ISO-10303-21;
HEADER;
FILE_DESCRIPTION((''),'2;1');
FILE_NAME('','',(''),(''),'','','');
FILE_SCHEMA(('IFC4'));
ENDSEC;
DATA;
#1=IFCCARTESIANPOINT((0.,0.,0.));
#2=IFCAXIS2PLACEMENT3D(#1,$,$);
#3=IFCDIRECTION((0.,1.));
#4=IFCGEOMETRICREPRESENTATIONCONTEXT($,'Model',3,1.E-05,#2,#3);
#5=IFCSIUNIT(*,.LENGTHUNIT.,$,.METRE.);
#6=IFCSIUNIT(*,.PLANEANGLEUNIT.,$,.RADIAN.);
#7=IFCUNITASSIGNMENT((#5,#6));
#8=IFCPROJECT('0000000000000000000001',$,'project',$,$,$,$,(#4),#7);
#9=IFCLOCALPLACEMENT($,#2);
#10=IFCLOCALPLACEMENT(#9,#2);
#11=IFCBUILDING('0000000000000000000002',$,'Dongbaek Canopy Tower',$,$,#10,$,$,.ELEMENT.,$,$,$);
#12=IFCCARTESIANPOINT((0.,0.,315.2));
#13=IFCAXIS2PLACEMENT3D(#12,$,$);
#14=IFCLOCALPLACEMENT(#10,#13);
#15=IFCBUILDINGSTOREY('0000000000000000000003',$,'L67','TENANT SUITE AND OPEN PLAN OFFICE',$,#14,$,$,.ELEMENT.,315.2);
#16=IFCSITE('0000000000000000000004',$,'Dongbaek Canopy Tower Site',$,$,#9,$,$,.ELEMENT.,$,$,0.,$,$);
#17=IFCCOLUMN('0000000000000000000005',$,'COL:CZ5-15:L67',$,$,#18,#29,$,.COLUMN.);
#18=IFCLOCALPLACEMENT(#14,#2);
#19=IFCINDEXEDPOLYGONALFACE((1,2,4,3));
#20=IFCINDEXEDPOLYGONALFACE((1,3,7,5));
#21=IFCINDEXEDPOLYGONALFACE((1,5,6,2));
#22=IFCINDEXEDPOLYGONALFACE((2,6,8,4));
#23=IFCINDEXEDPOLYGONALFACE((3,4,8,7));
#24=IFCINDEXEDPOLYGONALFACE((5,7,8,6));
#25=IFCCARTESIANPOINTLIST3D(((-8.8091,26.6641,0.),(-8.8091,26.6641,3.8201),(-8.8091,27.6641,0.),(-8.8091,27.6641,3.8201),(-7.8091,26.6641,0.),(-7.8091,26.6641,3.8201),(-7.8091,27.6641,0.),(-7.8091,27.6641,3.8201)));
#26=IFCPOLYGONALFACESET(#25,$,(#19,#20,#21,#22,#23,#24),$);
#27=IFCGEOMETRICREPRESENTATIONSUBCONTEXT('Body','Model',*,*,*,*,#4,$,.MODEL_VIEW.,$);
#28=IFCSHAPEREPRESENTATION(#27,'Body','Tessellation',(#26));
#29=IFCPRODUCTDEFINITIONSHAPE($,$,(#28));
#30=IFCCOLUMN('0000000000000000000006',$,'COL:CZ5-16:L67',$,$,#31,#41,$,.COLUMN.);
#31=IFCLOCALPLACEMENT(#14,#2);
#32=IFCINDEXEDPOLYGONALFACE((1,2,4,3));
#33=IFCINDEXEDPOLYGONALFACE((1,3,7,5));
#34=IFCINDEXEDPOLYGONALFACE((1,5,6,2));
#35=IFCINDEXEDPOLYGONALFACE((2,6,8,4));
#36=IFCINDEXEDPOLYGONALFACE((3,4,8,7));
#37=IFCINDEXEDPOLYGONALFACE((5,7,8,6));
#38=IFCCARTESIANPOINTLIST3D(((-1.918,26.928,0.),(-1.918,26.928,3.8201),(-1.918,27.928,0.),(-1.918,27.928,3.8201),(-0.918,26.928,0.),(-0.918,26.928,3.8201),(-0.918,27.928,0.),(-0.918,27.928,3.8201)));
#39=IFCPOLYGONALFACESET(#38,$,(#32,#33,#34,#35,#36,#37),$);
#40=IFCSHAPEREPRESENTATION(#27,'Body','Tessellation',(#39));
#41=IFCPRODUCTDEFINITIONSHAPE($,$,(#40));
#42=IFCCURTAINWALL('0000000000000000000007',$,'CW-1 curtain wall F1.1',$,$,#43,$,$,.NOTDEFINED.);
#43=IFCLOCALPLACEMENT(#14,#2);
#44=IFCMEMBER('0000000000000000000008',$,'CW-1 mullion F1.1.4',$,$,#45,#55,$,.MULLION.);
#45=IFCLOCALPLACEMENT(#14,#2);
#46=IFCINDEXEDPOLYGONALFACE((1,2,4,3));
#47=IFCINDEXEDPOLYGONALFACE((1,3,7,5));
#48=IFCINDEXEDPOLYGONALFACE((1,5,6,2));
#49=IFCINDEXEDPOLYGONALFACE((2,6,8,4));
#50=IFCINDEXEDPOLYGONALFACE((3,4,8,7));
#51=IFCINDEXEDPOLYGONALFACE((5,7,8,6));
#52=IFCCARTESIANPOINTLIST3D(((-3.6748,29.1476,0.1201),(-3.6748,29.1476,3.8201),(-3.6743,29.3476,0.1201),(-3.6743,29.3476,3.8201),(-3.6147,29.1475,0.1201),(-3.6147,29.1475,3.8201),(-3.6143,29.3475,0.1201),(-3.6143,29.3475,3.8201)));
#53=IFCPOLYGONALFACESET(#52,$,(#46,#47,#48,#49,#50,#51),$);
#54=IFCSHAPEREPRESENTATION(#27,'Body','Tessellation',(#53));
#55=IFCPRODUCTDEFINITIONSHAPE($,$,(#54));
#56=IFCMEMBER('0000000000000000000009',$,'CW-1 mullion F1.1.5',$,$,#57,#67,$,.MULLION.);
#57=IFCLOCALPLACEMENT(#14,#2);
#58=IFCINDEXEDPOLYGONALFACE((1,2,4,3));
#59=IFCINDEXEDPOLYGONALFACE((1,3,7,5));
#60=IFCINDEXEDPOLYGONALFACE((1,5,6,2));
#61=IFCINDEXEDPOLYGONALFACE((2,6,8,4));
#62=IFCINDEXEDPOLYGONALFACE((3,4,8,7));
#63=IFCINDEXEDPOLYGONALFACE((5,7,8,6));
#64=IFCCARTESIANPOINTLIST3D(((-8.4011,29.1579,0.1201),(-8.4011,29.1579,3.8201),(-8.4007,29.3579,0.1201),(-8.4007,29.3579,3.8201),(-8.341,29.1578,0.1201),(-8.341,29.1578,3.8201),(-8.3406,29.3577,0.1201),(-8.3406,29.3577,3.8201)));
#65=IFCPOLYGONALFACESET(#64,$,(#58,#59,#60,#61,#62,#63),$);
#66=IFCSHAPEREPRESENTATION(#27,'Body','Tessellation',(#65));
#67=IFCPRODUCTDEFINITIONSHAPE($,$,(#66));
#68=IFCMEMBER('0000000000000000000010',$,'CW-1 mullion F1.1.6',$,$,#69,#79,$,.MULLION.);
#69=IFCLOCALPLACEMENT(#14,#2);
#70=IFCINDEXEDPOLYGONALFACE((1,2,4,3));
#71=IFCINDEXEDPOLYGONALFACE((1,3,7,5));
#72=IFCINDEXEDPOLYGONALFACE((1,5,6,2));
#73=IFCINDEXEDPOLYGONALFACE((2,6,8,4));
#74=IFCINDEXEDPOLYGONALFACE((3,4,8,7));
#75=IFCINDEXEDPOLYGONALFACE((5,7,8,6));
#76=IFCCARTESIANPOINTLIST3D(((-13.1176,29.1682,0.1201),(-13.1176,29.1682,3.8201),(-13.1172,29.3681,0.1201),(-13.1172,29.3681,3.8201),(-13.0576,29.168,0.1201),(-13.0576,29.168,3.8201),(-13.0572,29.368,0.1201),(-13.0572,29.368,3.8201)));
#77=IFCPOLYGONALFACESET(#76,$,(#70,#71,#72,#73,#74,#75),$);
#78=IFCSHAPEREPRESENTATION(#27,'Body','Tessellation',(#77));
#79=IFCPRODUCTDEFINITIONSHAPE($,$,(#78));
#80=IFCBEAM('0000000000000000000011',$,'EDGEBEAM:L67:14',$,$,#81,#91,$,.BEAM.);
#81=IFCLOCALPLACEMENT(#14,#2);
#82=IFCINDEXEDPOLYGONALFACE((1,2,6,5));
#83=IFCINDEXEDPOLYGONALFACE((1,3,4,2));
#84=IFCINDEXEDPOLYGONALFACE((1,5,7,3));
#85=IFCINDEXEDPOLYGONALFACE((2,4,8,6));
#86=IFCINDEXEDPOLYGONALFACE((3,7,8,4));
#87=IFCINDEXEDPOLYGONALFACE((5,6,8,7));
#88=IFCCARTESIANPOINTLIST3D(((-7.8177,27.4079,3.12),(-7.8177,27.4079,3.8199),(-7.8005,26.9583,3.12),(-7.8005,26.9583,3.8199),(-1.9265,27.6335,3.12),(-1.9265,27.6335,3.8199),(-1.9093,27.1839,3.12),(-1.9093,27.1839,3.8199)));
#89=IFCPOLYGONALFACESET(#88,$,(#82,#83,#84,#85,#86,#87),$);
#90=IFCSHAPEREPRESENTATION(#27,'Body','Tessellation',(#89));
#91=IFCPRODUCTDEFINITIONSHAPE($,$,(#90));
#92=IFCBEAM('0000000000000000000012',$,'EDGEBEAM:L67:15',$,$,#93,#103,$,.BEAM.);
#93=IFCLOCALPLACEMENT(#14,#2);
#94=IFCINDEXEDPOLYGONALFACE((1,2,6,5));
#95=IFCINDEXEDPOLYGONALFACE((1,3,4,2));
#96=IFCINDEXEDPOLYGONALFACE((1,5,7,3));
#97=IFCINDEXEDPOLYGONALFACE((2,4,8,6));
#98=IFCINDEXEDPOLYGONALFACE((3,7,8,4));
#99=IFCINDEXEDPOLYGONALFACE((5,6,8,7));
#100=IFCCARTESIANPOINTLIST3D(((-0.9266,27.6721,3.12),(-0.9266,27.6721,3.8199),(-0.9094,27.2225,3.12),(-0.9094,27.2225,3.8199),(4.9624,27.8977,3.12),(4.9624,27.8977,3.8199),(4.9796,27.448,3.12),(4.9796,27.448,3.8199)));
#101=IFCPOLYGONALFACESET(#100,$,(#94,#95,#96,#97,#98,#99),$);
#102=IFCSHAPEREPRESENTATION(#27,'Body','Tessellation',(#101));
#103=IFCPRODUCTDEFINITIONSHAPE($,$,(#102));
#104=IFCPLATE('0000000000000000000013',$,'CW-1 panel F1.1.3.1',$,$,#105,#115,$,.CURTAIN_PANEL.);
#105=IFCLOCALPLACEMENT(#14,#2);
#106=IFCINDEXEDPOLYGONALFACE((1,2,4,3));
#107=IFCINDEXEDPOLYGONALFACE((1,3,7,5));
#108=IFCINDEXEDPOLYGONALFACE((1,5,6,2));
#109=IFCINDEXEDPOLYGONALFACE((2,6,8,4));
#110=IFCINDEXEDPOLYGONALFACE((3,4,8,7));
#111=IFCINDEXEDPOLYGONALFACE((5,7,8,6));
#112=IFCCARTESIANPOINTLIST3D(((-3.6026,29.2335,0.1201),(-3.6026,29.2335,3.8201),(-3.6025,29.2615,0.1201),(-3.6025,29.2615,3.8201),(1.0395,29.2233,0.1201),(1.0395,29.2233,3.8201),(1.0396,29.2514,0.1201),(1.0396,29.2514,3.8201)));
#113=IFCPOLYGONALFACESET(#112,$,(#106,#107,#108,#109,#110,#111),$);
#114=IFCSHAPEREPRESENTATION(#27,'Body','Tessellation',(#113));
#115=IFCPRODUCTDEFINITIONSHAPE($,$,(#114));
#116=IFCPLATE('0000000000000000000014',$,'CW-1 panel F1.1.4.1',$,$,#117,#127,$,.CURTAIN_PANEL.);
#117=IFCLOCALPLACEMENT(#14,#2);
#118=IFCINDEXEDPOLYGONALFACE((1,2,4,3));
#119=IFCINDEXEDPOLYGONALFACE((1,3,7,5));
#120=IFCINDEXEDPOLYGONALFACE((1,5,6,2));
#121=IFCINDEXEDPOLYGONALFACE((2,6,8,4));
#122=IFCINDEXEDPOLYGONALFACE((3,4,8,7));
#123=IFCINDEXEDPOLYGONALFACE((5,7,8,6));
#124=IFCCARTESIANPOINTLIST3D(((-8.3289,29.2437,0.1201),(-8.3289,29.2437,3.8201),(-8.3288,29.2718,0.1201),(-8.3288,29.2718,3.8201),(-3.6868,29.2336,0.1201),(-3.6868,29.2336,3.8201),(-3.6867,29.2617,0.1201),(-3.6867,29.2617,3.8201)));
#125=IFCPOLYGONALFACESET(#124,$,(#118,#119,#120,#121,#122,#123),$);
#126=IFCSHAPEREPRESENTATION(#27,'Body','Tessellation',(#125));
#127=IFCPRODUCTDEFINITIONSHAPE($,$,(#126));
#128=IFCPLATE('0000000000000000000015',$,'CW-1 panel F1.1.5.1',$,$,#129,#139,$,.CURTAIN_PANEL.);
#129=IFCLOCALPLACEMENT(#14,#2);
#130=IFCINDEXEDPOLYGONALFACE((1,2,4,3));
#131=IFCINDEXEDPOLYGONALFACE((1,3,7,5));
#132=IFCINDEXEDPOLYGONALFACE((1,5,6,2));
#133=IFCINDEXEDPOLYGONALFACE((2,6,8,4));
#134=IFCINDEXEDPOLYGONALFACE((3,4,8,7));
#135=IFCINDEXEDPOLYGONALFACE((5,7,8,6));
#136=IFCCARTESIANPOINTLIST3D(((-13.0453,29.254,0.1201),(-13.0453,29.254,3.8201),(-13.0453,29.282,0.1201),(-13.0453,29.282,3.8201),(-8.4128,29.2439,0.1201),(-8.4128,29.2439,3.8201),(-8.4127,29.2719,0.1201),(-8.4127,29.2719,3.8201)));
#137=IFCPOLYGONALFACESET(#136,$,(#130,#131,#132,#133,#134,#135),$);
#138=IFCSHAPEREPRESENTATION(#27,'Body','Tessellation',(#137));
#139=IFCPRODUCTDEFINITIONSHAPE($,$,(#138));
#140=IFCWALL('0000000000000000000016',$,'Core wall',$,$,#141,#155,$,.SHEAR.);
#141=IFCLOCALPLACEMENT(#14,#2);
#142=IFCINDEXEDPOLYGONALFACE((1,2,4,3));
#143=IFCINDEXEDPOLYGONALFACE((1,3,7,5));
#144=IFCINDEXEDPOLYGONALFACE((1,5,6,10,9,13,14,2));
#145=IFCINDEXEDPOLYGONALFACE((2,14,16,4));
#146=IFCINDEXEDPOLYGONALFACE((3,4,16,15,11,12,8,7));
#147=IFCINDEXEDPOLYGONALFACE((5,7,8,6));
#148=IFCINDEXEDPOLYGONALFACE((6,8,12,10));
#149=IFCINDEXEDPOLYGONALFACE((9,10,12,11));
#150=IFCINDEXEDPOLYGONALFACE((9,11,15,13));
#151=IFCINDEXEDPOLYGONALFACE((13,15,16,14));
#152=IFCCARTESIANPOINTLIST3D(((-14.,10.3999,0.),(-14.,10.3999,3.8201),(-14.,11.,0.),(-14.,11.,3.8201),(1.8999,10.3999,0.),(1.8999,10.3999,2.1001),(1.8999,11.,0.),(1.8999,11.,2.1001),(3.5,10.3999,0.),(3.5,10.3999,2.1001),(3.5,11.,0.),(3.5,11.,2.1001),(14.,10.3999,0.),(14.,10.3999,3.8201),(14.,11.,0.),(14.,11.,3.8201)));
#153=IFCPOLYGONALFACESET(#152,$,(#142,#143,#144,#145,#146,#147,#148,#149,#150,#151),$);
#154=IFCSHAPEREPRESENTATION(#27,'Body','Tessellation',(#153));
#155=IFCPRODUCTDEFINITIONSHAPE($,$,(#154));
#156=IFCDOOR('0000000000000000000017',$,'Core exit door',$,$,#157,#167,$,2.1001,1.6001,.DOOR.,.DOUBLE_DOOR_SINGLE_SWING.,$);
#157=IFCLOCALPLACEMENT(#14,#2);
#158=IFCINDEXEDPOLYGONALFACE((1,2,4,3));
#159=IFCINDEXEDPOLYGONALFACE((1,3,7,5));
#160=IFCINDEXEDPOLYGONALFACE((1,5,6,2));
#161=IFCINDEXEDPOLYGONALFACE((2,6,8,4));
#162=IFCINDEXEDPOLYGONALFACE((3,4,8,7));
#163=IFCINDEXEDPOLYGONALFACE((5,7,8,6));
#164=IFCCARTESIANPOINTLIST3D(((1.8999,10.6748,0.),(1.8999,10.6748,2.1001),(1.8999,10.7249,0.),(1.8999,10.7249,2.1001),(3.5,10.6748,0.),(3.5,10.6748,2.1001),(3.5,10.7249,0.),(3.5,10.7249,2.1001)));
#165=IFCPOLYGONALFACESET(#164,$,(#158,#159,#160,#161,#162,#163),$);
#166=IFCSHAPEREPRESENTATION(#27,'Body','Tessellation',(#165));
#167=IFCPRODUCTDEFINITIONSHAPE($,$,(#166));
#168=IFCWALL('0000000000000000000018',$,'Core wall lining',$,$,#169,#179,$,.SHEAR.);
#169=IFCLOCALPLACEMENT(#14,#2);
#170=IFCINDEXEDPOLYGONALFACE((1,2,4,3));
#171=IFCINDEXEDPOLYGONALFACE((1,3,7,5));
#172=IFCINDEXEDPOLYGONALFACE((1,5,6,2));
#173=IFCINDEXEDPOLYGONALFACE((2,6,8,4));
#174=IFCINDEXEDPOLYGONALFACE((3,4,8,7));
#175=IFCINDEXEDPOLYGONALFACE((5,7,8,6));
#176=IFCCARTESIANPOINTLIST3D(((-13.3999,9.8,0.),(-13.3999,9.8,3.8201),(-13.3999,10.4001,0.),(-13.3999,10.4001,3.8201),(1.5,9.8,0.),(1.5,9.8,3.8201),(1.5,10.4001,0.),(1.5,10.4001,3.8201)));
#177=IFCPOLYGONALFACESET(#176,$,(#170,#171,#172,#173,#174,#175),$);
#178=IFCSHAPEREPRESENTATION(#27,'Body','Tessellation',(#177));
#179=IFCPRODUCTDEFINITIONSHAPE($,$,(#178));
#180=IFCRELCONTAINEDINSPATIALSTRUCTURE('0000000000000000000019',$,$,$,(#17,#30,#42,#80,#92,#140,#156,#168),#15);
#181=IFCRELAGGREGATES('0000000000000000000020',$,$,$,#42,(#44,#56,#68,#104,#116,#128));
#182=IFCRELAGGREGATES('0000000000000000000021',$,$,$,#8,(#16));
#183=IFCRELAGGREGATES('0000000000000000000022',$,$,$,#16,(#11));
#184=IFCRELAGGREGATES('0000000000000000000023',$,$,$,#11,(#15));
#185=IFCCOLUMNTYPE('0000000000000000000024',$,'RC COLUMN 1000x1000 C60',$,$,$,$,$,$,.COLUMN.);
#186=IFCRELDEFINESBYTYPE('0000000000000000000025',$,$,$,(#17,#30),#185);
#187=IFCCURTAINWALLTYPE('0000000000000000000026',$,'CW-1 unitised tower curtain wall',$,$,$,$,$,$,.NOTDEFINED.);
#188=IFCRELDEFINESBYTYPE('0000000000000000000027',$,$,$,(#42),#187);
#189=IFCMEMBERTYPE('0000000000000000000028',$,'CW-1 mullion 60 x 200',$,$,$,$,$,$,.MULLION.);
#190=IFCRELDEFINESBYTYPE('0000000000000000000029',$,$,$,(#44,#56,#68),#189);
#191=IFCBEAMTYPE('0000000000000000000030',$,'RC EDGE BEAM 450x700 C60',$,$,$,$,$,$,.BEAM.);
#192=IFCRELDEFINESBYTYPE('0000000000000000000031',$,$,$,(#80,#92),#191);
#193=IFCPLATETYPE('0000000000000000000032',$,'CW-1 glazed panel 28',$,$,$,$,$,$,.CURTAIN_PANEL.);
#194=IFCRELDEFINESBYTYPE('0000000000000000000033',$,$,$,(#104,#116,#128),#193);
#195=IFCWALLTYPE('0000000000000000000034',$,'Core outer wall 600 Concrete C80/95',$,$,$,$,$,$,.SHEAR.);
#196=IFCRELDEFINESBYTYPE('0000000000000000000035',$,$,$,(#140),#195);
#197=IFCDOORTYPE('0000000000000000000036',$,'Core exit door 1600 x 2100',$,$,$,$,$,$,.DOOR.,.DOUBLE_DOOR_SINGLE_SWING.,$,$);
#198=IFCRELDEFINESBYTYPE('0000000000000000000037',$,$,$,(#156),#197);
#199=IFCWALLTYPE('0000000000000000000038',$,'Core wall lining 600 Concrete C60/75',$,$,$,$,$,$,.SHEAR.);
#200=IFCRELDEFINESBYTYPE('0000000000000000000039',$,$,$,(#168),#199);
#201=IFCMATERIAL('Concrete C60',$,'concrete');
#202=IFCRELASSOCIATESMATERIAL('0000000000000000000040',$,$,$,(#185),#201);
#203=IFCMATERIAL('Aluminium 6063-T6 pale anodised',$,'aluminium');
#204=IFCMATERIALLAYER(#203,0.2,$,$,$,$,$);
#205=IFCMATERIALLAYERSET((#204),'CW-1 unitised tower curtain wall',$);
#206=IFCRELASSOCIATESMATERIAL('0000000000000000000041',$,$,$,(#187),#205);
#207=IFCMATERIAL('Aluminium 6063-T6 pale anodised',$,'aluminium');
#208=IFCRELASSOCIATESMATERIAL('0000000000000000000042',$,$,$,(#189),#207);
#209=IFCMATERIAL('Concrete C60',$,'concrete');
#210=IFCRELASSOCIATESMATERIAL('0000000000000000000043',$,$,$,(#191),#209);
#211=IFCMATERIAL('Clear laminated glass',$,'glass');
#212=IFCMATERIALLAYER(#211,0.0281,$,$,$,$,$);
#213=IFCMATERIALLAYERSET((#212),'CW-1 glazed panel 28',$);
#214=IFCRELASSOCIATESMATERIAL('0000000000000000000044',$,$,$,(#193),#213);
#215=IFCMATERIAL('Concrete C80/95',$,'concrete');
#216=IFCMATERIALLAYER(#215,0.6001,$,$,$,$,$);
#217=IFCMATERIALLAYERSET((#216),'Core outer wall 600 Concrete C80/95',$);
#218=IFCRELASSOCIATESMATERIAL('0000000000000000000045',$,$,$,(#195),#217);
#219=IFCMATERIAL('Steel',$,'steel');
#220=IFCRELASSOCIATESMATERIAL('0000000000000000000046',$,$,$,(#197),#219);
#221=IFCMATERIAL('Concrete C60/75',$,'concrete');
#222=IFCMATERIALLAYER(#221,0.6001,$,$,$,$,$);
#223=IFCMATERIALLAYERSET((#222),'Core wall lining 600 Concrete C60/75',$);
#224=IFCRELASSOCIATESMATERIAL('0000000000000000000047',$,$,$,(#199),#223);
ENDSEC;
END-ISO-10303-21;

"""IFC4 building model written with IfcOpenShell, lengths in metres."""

from ifc_helpers import new_model, si_unit, direction, frame, frame_2d, origin, origin_2d, place, context, subcontext, project, spatial, rectangle, extrude, material, layer, layer_set, material_profile, profile_set, type_object, element, fill, aggregate, save


model = new_model("IFC4")

# Units and contexts
model_context = context("Model", 3, precision=1e-05, world=origin(), true_north=direction((0.0, 1.0)))
body_context = subcontext(model_context, "Body", "Model", "MODEL_VIEW")
ifc_project = project(units=[si_unit("LENGTHUNIT", "METRE"), si_unit("PLANEANGLEUNIT", "RADIAN")], contexts=[model_context])

# Site, building, storey
site_placement = place(None, origin())
site = spatial("IfcSite", under=ifc_project, at=site_placement, Name="Dongbaek Canopy Tower Site", CompositionType="ELEMENT", RefElevation=0.0)
building_placement = place(site_placement, origin())
building = spatial("IfcBuilding", under=site, at=building_placement, Name="Dongbaek Canopy Tower", CompositionType="ELEMENT")
storey_placement = place(building_placement, frame((0.0, 0.0, 315.2)))
storey = spatial("IfcBuildingStorey", under=building, at=storey_placement, Name="L67", Description="TENANT SUITE AND OPEN PLAN OFFICE", CompositionType="ELEMENT", Elevation=315.2)

# Columns
ifc_material_1 = material(Name="Concrete C60", Category="concrete")
ifc_material_profile_1 = material_profile(ifc_material_1, rectangle(XDim=1.0, YDim=1.0, at=origin_2d()), Name="RC COLUMN 1000x1000 C60")
ifc_profile_set_1 = profile_set([ifc_material_profile_1], Name="Concrete C60")
column_type = type_object("IfcColumnType", Name="RC COLUMN 1000x1000 C60", PredefinedType="COLUMN", material=ifc_profile_set_1)
for number, where, z_axis, x_axis, name in (
    (1, (-8.3091, 27.1641, 0.0), (0.0, 0.0, 1.0), (1.0, 0.0, 0.0), "COL:CZ5-15:L67"),
    (2, (-1.418, 27.428, 0.0), (0.0, 0.0, 1.0), (1.0, 0.0, 0.0), "COL:CZ5-16:L67"),
):
    element("IfcColumn", number, at=place(storey_placement, frame(where, z_axis=z_axis, x_axis=x_axis)), inside=storey, type_object=column_type, Name=name, PredefinedType="COLUMN", context=body_context, shape_type="SweptSolid", body=[
        extrude(rectangle(XDim=1.0, YDim=1.0, at=origin_2d()), origin(), (0.0, 0.0, 1.0), 3.8201),
    ])

# Curtain wall, members
ifc_material_2 = material(Name="Aluminium 6063-T6 pale anodised", Category="aluminium")
ifc_layer_1 = layer(ifc_material_2, 0.2)
ifc_layer_set_1 = layer_set([ifc_layer_1], Name="CW-1 unitised tower curtain wall")
curtain_wall_type = type_object("IfcCurtainWallType", Name="CW-1 unitised tower curtain wall", PredefinedType="NOTDEFINED", material=ifc_layer_set_1)
curtain_wall_1_placement = place(storey_placement, origin())
curtain_wall_1 = element("IfcCurtainWall", 3, at=curtain_wall_1_placement, inside=storey, type_object=curtain_wall_type, Name="CW-1 curtain wall F1.1", PredefinedType="NOTDEFINED")
ifc_material_3 = material(Name="Aluminium 6063-T6 pale anodised", Category="aluminium")
ifc_material_profile_2 = material_profile(ifc_material_3, rectangle(XDim=0.2, YDim=0.0601, at=origin_2d()), Name="CW-1 mullion 60 x 200")
ifc_profile_set_2 = profile_set([ifc_material_profile_2], Name="Aluminium 6063-T6 pale anodised")
member_type = type_object("IfcMemberType", Name="CW-1 mullion 60 x 200", PredefinedType="MULLION", material=ifc_profile_set_2)
member_1_placement = place(storey_placement, frame((-3.6445, 29.2476, 0.1201), z_axis=(0.0, 0.0, 1.0), x_axis=(0.00218, 0.999998, 0.0)))
member_1 = element("IfcMember", 4, at=member_1_placement, type_object=member_type, Name="CW-1 mullion F1.1.4", PredefinedType="MULLION", context=body_context, shape_type="SweptSolid", body=[
    extrude(rectangle(XDim=0.2, YDim=0.0601, at=origin_2d()), origin(), (0.0, 0.0, 1.0), 3.7),
])
member_2_placement = place(storey_placement, frame((-8.3708, 29.2578, 0.1201), z_axis=(0.0, 0.0, 1.0), x_axis=(0.00218, 0.999998, 0.0)))
member_2 = element("IfcMember", 5, at=member_2_placement, type_object=member_type, Name="CW-1 mullion F1.1.5", PredefinedType="MULLION", context=body_context, shape_type="SweptSolid", body=[
    extrude(rectangle(XDim=0.2, YDim=0.0601, at=origin_2d()), origin(), (0.0, 0.0, 1.0), 3.7),
])
member_3_placement = place(storey_placement, frame((-13.0874, 29.2681, 0.1201), z_axis=(0.0, 0.0, 1.0), x_axis=(0.00218, 0.999998, 0.0)))
member_3 = element("IfcMember", 6, at=member_3_placement, type_object=member_type, Name="CW-1 mullion F1.1.6", PredefinedType="MULLION", context=body_context, shape_type="SweptSolid", body=[
    extrude(rectangle(XDim=0.2, YDim=0.0601, at=origin_2d()), origin(), (0.0, 0.0, 1.0), 3.7),
])

# Beams
ifc_material_4 = material(Name="Concrete C60", Category="concrete")
ifc_material_profile_3 = material_profile(ifc_material_4, rectangle(XDim=0.45, YDim=0.7, at=origin_2d()), Name="RC EDGE BEAM 450x700 C60")
ifc_profile_set_3 = profile_set([ifc_material_profile_3], Name="Concrete C60")
beam_type = type_object("IfcBeamType", Name="RC EDGE BEAM 450x700 C60", PredefinedType="BEAM", material=ifc_profile_set_3)
beam_1_placement = place(storey_placement, frame((-7.8091, 27.1831, 3.47), z_axis=(0.999268, 0.038265, 0.0), x_axis=(-0.038265, 0.999268, 0.0)))
element("IfcBeam", 7, at=beam_1_placement, inside=storey, type_object=beam_type, Name="EDGEBEAM:L67:14", PredefinedType="BEAM", context=body_context, shape_type="SweptSolid", body=[
    extrude(rectangle(XDim=0.45, YDim=0.7, at=origin_2d()), origin(), (0.0, 0.0, 1.0), 5.8955),
])
beam_2_placement = place(storey_placement, frame((-0.918, 27.4473, 3.47), z_axis=(0.999267, 0.038279, 0.0), x_axis=(-0.038279, 0.999267, 0.0)))
element("IfcBeam", 8, at=beam_2_placement, inside=storey, type_object=beam_type, Name="EDGEBEAM:L67:15", PredefinedType="BEAM", context=body_context, shape_type="SweptSolid", body=[
    extrude(rectangle(XDim=0.45, YDim=0.7, at=origin_2d()), origin(), (0.0, 0.0, 1.0), 5.8933),
])

# Plates
ifc_material_5 = material(Name="Clear laminated glass", Category="glass")
ifc_layer_2 = layer(ifc_material_5, 0.0281)
ifc_layer_set_2 = layer_set([ifc_layer_2], Name="CW-1 glazed panel 28")
plate_type = type_object("IfcPlateType", Name="CW-1 glazed panel 28", PredefinedType="CURTAIN_PANEL", material=ifc_layer_set_2)
plate_1_placement = place(storey_placement, frame((-1.2815, 29.2424, 0.1201), z_axis=(0.0, 0.0, 1.0), x_axis=(-0.999998, 0.00218, 0.0)))
plate_1 = element("IfcPlate", 9, at=plate_1_placement, type_object=plate_type, Name="CW-1 panel F1.1.3.1", PredefinedType="CURTAIN_PANEL", context=body_context, shape_type="SweptSolid", body=[
    extrude(rectangle(XDim=4.6421, YDim=0.0281, at=origin_2d()), origin(), (0.0, 0.0, 1.0), 3.7),
])
plate_2_placement = place(storey_placement, frame((-6.0078, 29.2527, 0.1201), z_axis=(0.0, 0.0, 1.0), x_axis=(-0.999998, 0.00218, 0.0)))
plate_2 = element("IfcPlate", 10, at=plate_2_placement, type_object=plate_type, Name="CW-1 panel F1.1.4.1", PredefinedType="CURTAIN_PANEL", context=body_context, shape_type="SweptSolid", body=[
    extrude(rectangle(XDim=4.6421, YDim=0.0281, at=origin_2d()), origin(), (0.0, 0.0, 1.0), 3.7),
])
plate_3_placement = place(storey_placement, frame((-10.729, 29.2629, 0.1201), z_axis=(0.0, 0.0, 1.0), x_axis=(-0.999998, 0.00218, 0.0)))
plate_3 = element("IfcPlate", 11, at=plate_3_placement, type_object=plate_type, Name="CW-1 panel F1.1.5.1", PredefinedType="CURTAIN_PANEL", context=body_context, shape_type="SweptSolid", body=[
    extrude(rectangle(XDim=4.6326, YDim=0.0281, at=origin_2d()), origin(), (0.0, 0.0, 1.0), 3.7),
])

# Wall, opening, door
ifc_material_6 = material(Name="Concrete C80/95", Category="concrete")
ifc_layer_3 = layer(ifc_material_6, 0.6001)
ifc_layer_set_3 = layer_set([ifc_layer_3], Name="Core outer wall 600 Concrete C80/95")
wall_type_1 = type_object("IfcWallType", Name="Core outer wall 600 Concrete C80/95", PredefinedType="SHEAR", material=ifc_layer_set_3)
wall_1_placement = place(storey_placement, frame((-14.0, 10.7, 0.0), z_axis=(0.0, 0.0, 1.0), x_axis=(1.0, 0.0, 0.0)))
wall_1 = element("IfcWall", 12, at=wall_1_placement, inside=storey, type_object=wall_type_1, Name="Core wall", PredefinedType="SHEAR", context=body_context, shape_type="SweptSolid", body=[
    extrude(rectangle(XDim=28.0, YDim=0.6001, at=frame_2d((14.0, 0.0))), origin(), (0.0, 0.0, 1.0), 3.8201),
])
opening_placement = place(wall_1_placement, frame((15.8999, 0.0, 0.0)))
opening = element("IfcOpeningElement", 13, at=opening_placement, cuts=wall_1, PredefinedType="OPENING", context=body_context, shape_type="SweptSolid", body=[
    extrude(rectangle(XDim=1.6001, YDim=2.1001, at=frame_2d((0.8, 1.05))), frame((0.0, 0.3101, 0.0), z_axis=(0.0, -1.0, 0.0), x_axis=(1.0, 0.0, 0.0)), (0.0, 0.0, 1.0), 0.6201),
])
ifc_material_7 = material(Name="Steel", Category="steel")
door_type = type_object("IfcDoorType", Name="Core exit door 1600 x 2100", OperationType="DOUBLE_DOOR_SINGLE_SWING", PredefinedType="DOOR", material=ifc_material_7)
door_placement = place(opening_placement, origin())
door = element("IfcDoor", 14, at=door_placement, inside=storey, type_object=door_type, Name="Core exit door", OperationType="DOUBLE_DOOR_SINGLE_SWING", OverallHeight=2.1001, OverallWidth=1.6001, PredefinedType="DOOR", context=body_context, shape_type="SweptSolid", body=[
    extrude(rectangle(XDim=1.6001, YDim=2.1001, at=frame_2d((0.8, 1.05))), frame((0.0, 0.0249, 0.0), z_axis=(0.0, -1.0, 0.0), x_axis=(1.0, 0.0, 0.0)), (0.0, 0.0, 1.0), 0.05),
])
fill(opening, door)

# Wall
ifc_material_8 = material(Name="Concrete C60/75", Category="concrete")
ifc_layer_4 = layer(ifc_material_8, 0.6001)
ifc_layer_set_4 = layer_set([ifc_layer_4], Name="Core wall lining 600 Concrete C60/75")
wall_type_2 = type_object("IfcWallType", Name="Core wall lining 600 Concrete C60/75", PredefinedType="SHEAR", material=ifc_layer_set_4)
wall_2_placement = place(storey_placement, frame((-13.3999, 10.1001, 0.0), z_axis=(0.0, 0.0, 1.0), x_axis=(1.0, 0.0, 0.0)))
element("IfcWall", 15, at=wall_2_placement, inside=storey, type_object=wall_type_2, Name="Core wall lining", PredefinedType="SHEAR", context=body_context, shape_type="SweptSolid", body=[
    extrude(rectangle(XDim=14.8999, YDim=0.6001, at=frame_2d((7.45, 0.0))), origin(), (0.0, 0.0, 1.0), 3.8201),
])

aggregate(curtain_wall_1, [member_1, member_2, member_3, plate_1, plate_2, plate_3])

save(model, "model.ifc")
